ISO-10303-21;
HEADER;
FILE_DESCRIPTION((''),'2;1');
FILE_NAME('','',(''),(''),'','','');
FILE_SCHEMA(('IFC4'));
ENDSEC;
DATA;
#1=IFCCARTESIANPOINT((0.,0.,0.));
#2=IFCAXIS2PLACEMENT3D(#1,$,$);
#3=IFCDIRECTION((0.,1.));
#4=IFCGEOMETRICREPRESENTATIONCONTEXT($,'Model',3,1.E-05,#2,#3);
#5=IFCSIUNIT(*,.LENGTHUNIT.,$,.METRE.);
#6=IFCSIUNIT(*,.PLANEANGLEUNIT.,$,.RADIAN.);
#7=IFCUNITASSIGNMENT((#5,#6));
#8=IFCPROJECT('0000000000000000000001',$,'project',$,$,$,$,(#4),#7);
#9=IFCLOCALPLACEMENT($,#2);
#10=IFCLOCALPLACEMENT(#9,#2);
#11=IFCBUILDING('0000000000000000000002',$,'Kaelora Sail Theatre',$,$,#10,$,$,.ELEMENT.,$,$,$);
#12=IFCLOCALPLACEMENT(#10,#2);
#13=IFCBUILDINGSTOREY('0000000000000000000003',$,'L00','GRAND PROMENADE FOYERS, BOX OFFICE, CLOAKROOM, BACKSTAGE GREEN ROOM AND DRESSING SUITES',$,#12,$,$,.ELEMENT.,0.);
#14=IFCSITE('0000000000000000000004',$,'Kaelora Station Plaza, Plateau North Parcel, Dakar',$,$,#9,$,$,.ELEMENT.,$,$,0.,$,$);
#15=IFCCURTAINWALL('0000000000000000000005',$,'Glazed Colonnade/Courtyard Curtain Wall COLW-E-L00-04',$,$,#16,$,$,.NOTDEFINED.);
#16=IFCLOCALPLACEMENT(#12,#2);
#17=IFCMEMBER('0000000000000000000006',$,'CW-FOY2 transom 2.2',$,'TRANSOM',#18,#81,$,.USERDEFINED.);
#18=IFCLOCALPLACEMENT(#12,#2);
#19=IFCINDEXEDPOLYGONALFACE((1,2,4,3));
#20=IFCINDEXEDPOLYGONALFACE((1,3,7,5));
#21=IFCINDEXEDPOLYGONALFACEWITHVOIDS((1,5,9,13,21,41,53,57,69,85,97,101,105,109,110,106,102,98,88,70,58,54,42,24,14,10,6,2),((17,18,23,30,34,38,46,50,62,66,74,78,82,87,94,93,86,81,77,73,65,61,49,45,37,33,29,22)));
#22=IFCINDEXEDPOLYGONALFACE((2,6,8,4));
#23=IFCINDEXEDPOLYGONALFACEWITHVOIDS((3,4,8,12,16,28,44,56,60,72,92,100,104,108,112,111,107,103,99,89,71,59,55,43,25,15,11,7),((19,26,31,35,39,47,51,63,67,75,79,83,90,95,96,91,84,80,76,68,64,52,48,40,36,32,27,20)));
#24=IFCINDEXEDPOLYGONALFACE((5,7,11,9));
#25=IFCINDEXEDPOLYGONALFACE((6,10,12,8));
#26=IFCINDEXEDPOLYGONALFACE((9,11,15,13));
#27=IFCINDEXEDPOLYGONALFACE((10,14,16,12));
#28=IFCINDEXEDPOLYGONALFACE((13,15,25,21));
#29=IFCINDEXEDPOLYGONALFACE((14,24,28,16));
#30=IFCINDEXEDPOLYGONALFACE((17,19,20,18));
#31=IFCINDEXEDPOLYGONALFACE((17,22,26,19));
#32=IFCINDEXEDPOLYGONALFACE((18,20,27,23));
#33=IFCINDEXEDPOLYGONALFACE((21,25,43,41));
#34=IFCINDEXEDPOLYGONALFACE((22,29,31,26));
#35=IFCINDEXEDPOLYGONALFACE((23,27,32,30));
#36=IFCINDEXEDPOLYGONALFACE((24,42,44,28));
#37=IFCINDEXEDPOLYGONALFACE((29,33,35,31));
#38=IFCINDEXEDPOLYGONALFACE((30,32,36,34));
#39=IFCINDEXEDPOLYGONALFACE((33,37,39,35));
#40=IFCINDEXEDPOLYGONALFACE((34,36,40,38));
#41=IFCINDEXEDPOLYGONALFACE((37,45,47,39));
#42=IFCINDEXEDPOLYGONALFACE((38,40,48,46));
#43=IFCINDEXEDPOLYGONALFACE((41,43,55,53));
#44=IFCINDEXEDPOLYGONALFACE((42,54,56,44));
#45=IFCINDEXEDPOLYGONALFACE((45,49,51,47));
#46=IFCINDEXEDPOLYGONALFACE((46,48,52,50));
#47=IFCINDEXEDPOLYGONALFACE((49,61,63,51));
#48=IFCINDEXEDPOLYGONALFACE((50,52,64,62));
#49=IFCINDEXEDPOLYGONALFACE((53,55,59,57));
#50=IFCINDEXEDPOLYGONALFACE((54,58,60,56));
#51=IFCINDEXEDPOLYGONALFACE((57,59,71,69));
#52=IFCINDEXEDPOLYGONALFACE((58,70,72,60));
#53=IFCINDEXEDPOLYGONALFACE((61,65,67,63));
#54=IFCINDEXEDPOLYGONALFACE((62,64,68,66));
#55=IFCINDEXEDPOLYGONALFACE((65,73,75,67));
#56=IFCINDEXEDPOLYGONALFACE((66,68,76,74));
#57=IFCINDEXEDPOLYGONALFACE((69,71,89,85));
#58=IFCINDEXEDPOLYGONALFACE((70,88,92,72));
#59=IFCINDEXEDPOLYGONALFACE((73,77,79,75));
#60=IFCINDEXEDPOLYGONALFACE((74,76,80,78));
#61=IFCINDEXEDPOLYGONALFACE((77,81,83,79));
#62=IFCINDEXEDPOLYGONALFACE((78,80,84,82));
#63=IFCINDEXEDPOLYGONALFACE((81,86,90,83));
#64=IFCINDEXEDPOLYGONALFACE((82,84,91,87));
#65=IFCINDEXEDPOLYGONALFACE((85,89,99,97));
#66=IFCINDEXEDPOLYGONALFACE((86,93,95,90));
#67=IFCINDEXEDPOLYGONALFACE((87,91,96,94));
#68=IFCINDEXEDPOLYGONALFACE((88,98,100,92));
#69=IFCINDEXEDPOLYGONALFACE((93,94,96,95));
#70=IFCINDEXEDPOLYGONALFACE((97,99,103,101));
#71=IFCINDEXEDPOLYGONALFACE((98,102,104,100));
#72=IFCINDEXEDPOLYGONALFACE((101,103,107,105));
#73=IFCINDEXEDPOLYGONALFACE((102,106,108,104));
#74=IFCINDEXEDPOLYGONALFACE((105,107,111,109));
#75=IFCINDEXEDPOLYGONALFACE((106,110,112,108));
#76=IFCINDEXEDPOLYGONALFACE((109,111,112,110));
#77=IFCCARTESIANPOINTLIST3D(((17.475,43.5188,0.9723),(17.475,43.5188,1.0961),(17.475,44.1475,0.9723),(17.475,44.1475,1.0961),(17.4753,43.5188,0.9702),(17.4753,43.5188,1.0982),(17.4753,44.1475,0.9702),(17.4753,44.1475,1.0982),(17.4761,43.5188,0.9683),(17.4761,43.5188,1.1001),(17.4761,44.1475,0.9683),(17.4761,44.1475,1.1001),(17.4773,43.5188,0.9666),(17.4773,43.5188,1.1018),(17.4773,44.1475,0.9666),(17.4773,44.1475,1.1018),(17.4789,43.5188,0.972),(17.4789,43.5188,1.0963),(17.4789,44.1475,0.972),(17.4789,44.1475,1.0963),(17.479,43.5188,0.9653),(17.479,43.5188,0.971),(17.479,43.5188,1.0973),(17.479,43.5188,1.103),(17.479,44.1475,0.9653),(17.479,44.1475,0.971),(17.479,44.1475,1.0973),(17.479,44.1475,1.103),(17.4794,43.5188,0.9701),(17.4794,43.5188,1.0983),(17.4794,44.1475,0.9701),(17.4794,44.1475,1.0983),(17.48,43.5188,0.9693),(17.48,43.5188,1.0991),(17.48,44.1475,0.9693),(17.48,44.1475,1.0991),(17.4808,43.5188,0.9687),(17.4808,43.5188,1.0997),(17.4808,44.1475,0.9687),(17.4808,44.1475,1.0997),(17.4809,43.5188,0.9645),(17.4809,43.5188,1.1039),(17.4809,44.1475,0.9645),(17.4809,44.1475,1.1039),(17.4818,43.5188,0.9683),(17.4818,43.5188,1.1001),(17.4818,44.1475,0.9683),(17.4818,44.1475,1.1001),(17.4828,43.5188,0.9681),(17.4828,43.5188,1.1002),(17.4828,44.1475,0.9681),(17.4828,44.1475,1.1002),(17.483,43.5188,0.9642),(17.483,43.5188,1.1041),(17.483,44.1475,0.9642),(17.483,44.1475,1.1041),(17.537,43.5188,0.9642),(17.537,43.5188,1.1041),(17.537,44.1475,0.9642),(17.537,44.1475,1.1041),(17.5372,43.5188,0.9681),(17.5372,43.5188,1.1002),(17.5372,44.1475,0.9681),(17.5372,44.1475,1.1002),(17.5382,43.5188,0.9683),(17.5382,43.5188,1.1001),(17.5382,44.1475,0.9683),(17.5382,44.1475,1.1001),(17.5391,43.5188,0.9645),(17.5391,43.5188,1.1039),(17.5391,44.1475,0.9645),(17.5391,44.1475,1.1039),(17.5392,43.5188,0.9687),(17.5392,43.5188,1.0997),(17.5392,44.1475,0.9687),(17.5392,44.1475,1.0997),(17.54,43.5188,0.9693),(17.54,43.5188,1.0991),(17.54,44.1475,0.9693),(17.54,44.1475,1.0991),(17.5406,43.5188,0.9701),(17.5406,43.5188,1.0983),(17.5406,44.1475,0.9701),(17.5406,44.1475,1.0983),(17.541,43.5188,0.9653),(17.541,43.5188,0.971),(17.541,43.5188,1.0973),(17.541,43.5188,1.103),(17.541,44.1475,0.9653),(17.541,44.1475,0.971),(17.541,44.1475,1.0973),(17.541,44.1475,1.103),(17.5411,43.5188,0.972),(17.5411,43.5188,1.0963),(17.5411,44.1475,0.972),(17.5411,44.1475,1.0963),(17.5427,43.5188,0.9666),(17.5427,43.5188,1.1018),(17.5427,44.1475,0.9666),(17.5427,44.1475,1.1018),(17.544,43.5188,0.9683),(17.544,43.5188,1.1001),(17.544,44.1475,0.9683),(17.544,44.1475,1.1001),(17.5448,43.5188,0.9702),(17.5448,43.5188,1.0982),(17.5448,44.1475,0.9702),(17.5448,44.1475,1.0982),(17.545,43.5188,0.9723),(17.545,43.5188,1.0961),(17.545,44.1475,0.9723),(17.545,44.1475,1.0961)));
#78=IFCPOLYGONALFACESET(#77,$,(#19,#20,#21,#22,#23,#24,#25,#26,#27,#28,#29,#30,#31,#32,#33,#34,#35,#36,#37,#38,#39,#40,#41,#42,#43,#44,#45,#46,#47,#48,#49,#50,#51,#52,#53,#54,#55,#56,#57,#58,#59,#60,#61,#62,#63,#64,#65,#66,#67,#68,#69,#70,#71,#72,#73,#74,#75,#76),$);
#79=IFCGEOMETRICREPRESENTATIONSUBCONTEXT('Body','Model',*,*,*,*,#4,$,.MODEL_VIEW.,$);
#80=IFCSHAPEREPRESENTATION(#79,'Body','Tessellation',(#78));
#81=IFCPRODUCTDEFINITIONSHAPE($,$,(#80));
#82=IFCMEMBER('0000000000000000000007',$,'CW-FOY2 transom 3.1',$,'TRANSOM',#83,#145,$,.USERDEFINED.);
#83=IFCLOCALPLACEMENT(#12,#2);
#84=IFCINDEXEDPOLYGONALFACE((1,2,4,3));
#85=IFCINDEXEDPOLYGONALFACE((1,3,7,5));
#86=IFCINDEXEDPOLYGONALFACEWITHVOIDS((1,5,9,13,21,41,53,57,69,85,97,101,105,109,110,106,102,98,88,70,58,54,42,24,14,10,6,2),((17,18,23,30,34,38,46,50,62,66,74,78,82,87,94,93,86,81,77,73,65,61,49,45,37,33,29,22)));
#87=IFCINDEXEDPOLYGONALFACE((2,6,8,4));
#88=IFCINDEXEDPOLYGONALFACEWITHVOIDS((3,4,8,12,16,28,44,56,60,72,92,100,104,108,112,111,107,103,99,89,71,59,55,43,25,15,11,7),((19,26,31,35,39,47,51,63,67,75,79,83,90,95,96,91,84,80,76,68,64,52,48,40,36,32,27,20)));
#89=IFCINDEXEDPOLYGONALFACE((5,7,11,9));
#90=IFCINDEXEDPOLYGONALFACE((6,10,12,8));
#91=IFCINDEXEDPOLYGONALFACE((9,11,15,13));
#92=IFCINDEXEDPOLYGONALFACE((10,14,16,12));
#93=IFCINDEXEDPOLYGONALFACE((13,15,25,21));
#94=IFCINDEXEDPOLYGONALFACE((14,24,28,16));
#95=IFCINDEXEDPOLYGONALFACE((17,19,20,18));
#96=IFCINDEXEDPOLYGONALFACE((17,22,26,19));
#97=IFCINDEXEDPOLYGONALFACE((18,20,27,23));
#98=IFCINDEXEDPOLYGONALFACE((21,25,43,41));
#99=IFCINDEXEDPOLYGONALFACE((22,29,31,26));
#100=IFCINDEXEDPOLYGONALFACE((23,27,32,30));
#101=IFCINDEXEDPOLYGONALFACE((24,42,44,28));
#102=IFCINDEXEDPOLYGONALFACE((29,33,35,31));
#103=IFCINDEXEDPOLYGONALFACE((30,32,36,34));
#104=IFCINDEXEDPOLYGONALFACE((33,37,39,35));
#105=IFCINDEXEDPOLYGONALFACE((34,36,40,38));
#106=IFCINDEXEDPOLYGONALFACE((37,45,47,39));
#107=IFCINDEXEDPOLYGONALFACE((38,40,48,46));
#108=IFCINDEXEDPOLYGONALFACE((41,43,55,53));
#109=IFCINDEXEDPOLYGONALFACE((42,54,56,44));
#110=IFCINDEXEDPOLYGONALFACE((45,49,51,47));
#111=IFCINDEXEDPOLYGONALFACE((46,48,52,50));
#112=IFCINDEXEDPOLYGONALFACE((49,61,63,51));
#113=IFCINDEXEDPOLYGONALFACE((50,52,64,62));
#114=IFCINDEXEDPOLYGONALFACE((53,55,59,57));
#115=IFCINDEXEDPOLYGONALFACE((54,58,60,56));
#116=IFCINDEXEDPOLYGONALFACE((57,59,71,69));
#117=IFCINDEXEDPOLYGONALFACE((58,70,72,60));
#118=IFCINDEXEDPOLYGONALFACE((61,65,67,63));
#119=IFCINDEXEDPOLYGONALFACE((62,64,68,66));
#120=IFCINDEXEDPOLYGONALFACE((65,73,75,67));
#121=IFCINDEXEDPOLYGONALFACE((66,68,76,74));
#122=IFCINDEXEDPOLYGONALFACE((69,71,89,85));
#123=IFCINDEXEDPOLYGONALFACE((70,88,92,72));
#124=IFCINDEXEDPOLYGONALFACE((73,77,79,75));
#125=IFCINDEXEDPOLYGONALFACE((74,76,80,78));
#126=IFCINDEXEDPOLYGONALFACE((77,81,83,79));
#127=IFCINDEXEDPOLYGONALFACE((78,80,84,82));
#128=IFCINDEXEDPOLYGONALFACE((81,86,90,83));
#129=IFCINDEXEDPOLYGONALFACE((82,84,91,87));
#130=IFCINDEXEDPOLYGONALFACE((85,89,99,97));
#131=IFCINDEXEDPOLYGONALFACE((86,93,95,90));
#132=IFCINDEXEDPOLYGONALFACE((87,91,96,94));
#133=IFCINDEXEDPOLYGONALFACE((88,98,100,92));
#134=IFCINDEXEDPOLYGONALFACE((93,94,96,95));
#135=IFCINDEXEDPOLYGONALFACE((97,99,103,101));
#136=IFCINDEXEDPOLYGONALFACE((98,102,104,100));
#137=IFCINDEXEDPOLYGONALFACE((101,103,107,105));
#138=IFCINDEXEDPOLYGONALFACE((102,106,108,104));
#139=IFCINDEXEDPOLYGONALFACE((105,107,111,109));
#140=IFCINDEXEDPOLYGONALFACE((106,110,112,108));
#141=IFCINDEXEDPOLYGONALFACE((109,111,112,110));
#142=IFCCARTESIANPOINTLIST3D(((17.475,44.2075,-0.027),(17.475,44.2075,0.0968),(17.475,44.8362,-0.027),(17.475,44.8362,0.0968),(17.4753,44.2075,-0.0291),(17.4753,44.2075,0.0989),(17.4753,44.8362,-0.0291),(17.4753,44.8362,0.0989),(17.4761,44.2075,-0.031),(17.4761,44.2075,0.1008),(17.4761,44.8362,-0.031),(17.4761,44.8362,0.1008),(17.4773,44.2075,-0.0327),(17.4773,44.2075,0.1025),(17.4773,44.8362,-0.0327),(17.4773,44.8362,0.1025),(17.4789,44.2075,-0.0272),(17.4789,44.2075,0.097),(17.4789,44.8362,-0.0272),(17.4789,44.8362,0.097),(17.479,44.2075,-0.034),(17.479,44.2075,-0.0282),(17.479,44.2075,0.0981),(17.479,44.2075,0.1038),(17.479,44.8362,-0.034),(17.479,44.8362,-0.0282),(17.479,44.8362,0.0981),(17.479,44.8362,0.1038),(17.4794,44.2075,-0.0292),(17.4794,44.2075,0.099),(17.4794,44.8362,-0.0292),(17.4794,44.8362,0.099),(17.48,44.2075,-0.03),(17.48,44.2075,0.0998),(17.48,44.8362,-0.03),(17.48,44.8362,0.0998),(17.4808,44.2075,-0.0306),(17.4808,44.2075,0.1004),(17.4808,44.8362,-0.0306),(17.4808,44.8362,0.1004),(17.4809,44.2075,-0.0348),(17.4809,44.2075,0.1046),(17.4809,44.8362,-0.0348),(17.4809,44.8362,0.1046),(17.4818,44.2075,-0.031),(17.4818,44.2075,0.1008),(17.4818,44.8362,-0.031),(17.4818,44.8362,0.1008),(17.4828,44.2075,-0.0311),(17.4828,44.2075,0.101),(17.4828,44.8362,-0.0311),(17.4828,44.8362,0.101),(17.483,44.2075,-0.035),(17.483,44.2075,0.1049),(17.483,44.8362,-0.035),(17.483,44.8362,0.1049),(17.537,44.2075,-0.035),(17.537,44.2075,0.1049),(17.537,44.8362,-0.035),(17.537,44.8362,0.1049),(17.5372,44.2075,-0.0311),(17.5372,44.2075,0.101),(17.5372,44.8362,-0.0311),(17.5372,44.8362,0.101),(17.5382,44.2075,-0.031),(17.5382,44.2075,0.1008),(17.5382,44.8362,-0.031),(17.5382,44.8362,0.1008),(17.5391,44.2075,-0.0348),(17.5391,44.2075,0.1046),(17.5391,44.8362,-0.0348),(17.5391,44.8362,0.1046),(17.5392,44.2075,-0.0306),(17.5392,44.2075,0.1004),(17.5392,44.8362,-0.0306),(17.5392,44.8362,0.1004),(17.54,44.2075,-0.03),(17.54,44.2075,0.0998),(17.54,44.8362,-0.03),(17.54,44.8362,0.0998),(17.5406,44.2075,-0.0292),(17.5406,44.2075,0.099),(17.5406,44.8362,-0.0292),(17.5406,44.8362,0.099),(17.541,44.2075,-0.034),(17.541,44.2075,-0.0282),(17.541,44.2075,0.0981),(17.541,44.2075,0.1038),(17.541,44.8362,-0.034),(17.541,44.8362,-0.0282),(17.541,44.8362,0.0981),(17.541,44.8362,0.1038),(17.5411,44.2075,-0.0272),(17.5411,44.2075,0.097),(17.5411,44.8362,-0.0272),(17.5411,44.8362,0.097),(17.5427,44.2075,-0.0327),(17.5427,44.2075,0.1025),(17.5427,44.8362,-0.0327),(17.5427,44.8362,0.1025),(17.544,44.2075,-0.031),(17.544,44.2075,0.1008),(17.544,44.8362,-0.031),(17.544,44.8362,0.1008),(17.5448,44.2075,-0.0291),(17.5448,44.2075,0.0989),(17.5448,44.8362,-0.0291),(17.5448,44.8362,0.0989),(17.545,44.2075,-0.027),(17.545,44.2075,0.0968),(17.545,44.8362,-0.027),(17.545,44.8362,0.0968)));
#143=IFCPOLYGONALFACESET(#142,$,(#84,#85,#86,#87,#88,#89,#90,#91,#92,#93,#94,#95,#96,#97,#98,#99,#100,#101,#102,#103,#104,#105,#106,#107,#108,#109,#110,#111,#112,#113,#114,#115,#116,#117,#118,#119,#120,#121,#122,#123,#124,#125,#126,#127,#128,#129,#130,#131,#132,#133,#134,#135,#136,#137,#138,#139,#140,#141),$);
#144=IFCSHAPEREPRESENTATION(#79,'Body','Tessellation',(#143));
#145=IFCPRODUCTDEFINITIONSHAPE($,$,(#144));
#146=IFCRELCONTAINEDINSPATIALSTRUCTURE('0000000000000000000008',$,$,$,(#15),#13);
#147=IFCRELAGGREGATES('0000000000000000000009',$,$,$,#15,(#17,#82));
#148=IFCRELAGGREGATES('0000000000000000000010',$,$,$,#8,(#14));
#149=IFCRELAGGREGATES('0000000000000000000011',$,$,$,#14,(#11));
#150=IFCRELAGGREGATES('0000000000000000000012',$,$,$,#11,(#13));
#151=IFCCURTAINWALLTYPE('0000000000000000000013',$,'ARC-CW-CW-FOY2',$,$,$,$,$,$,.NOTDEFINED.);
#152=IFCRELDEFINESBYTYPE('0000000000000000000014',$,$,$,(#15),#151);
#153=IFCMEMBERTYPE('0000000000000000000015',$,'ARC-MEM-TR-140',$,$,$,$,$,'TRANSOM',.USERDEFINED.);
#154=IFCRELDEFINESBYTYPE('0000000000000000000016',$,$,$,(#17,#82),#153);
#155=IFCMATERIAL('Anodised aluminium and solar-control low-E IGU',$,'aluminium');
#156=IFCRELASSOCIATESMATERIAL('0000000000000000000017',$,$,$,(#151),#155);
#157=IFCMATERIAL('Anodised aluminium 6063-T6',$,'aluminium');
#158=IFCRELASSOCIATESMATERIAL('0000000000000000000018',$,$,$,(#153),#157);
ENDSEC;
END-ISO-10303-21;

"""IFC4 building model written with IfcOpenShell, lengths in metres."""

from ifc_helpers import new_model, si_unit, direction, frame, origin, origin_2d, place, context, subcontext, project, spatial, hollow_rectangle, extrude, material, material_profile, profile_set, type_object, element, aggregate, save


model = new_model("IFC4")

# Units and contexts
model_context = context("Model", 3, precision=1e-05, world=origin(), true_north=direction((0.0, 1.0)))
body_context = subcontext(model_context, "Body", "Model", "MODEL_VIEW")
ifc_project = project(units=[si_unit("LENGTHUNIT", "METRE"), si_unit("PLANEANGLEUNIT", "RADIAN")], contexts=[model_context])

# Site, building, storey
site_placement = place(None, origin())
site = spatial("IfcSite", under=ifc_project, at=site_placement, Name="Kaelora Station Plaza, Plateau North Parcel, Dakar", CompositionType="ELEMENT", RefElevation=0.0)
building_placement = place(site_placement, origin())
building = spatial("IfcBuilding", under=site, at=building_placement, Name="Kaelora Sail Theatre", CompositionType="ELEMENT")
storey_placement = place(building_placement, origin())
storey = spatial("IfcBuildingStorey", under=building, at=storey_placement, Name="L00", Description="GRAND PROMENADE FOYERS, BOX OFFICE, CLOAKROOM, BACKSTAGE GREEN ROOM AND DRESSING SUITES", CompositionType="ELEMENT", Elevation=0.0)

# Curtain wall
ifc_material_1 = material(Name="Anodised aluminium and solar-control low-E IGU", Category="aluminium")
curtain_wall_type = type_object("IfcCurtainWallType", Name="ARC-CW-CW-FOY2", PredefinedType="NOTDEFINED", material=ifc_material_1)
curtain_wall_1_placement = place(storey_placement, origin())
curtain_wall_1 = element("IfcCurtainWall", 1, at=curtain_wall_1_placement, inside=storey, type_object=curtain_wall_type, Name="Glazed Colonnade/Courtyard Curtain Wall COLW-E-L00-04", PredefinedType="NOTDEFINED")

# Members
ifc_material_2 = material(Name="Anodised aluminium 6063-T6", Category="aluminium")
ifc_material_profile_1 = material_profile(ifc_material_2, hollow_rectangle(XDim=0.0701, YDim=0.1399, WallThickness=0.0039, InnerFilletRadius=0.0039, OuterFilletRadius=0.0081, at=origin_2d()), Name="ALU-TRAN 70x140x4")
ifc_profile_set_1 = profile_set([ifc_material_profile_1], Name="Anodised aluminium 6063-T6")
member_type_1 = type_object("IfcMemberType", Name="ARC-MEM-TR-140", ElementType="TRANSOM", PredefinedType="USERDEFINED", material=ifc_profile_set_1)
member_1_placement = place(storey_placement, frame((17.51, 43.5188, 1.0342), z_axis=(0.0, 1.0, 0.0), x_axis=(-1.0, 0.0, 0.0)))
member_1 = element("IfcMember", 2, at=member_1_placement, type_object=member_type_1, Name="CW-FOY2 transom 2.2", ObjectType="TRANSOM", PredefinedType="USERDEFINED", context=body_context, shape_type="SweptSolid", body=[
    extrude(hollow_rectangle(XDim=0.0701, YDim=0.1399, WallThickness=0.0039, InnerFilletRadius=0.0039, OuterFilletRadius=0.0081, at=origin_2d()), origin(), (0.0, 0.0, 1.0), 0.6287),
])
member_2_placement = place(storey_placement, frame((17.51, 44.2075, 0.0349), z_axis=(0.0, 1.0, 0.0), x_axis=(-1.0, 0.0, 0.0)))
member_2 = element("IfcMember", 3, at=member_2_placement, type_object=member_type_1, Name="CW-FOY2 transom 3.1", ObjectType="TRANSOM", PredefinedType="USERDEFINED", context=body_context, shape_type="SweptSolid", body=[
    extrude(hollow_rectangle(XDim=0.0701, YDim=0.1399, WallThickness=0.0039, InnerFilletRadius=0.0039, OuterFilletRadius=0.0081, at=origin_2d()), origin(), (0.0, 0.0, 1.0), 0.6287),
])

aggregate(curtain_wall_1, [member_1, member_2])

save(model, "model.ifc")
